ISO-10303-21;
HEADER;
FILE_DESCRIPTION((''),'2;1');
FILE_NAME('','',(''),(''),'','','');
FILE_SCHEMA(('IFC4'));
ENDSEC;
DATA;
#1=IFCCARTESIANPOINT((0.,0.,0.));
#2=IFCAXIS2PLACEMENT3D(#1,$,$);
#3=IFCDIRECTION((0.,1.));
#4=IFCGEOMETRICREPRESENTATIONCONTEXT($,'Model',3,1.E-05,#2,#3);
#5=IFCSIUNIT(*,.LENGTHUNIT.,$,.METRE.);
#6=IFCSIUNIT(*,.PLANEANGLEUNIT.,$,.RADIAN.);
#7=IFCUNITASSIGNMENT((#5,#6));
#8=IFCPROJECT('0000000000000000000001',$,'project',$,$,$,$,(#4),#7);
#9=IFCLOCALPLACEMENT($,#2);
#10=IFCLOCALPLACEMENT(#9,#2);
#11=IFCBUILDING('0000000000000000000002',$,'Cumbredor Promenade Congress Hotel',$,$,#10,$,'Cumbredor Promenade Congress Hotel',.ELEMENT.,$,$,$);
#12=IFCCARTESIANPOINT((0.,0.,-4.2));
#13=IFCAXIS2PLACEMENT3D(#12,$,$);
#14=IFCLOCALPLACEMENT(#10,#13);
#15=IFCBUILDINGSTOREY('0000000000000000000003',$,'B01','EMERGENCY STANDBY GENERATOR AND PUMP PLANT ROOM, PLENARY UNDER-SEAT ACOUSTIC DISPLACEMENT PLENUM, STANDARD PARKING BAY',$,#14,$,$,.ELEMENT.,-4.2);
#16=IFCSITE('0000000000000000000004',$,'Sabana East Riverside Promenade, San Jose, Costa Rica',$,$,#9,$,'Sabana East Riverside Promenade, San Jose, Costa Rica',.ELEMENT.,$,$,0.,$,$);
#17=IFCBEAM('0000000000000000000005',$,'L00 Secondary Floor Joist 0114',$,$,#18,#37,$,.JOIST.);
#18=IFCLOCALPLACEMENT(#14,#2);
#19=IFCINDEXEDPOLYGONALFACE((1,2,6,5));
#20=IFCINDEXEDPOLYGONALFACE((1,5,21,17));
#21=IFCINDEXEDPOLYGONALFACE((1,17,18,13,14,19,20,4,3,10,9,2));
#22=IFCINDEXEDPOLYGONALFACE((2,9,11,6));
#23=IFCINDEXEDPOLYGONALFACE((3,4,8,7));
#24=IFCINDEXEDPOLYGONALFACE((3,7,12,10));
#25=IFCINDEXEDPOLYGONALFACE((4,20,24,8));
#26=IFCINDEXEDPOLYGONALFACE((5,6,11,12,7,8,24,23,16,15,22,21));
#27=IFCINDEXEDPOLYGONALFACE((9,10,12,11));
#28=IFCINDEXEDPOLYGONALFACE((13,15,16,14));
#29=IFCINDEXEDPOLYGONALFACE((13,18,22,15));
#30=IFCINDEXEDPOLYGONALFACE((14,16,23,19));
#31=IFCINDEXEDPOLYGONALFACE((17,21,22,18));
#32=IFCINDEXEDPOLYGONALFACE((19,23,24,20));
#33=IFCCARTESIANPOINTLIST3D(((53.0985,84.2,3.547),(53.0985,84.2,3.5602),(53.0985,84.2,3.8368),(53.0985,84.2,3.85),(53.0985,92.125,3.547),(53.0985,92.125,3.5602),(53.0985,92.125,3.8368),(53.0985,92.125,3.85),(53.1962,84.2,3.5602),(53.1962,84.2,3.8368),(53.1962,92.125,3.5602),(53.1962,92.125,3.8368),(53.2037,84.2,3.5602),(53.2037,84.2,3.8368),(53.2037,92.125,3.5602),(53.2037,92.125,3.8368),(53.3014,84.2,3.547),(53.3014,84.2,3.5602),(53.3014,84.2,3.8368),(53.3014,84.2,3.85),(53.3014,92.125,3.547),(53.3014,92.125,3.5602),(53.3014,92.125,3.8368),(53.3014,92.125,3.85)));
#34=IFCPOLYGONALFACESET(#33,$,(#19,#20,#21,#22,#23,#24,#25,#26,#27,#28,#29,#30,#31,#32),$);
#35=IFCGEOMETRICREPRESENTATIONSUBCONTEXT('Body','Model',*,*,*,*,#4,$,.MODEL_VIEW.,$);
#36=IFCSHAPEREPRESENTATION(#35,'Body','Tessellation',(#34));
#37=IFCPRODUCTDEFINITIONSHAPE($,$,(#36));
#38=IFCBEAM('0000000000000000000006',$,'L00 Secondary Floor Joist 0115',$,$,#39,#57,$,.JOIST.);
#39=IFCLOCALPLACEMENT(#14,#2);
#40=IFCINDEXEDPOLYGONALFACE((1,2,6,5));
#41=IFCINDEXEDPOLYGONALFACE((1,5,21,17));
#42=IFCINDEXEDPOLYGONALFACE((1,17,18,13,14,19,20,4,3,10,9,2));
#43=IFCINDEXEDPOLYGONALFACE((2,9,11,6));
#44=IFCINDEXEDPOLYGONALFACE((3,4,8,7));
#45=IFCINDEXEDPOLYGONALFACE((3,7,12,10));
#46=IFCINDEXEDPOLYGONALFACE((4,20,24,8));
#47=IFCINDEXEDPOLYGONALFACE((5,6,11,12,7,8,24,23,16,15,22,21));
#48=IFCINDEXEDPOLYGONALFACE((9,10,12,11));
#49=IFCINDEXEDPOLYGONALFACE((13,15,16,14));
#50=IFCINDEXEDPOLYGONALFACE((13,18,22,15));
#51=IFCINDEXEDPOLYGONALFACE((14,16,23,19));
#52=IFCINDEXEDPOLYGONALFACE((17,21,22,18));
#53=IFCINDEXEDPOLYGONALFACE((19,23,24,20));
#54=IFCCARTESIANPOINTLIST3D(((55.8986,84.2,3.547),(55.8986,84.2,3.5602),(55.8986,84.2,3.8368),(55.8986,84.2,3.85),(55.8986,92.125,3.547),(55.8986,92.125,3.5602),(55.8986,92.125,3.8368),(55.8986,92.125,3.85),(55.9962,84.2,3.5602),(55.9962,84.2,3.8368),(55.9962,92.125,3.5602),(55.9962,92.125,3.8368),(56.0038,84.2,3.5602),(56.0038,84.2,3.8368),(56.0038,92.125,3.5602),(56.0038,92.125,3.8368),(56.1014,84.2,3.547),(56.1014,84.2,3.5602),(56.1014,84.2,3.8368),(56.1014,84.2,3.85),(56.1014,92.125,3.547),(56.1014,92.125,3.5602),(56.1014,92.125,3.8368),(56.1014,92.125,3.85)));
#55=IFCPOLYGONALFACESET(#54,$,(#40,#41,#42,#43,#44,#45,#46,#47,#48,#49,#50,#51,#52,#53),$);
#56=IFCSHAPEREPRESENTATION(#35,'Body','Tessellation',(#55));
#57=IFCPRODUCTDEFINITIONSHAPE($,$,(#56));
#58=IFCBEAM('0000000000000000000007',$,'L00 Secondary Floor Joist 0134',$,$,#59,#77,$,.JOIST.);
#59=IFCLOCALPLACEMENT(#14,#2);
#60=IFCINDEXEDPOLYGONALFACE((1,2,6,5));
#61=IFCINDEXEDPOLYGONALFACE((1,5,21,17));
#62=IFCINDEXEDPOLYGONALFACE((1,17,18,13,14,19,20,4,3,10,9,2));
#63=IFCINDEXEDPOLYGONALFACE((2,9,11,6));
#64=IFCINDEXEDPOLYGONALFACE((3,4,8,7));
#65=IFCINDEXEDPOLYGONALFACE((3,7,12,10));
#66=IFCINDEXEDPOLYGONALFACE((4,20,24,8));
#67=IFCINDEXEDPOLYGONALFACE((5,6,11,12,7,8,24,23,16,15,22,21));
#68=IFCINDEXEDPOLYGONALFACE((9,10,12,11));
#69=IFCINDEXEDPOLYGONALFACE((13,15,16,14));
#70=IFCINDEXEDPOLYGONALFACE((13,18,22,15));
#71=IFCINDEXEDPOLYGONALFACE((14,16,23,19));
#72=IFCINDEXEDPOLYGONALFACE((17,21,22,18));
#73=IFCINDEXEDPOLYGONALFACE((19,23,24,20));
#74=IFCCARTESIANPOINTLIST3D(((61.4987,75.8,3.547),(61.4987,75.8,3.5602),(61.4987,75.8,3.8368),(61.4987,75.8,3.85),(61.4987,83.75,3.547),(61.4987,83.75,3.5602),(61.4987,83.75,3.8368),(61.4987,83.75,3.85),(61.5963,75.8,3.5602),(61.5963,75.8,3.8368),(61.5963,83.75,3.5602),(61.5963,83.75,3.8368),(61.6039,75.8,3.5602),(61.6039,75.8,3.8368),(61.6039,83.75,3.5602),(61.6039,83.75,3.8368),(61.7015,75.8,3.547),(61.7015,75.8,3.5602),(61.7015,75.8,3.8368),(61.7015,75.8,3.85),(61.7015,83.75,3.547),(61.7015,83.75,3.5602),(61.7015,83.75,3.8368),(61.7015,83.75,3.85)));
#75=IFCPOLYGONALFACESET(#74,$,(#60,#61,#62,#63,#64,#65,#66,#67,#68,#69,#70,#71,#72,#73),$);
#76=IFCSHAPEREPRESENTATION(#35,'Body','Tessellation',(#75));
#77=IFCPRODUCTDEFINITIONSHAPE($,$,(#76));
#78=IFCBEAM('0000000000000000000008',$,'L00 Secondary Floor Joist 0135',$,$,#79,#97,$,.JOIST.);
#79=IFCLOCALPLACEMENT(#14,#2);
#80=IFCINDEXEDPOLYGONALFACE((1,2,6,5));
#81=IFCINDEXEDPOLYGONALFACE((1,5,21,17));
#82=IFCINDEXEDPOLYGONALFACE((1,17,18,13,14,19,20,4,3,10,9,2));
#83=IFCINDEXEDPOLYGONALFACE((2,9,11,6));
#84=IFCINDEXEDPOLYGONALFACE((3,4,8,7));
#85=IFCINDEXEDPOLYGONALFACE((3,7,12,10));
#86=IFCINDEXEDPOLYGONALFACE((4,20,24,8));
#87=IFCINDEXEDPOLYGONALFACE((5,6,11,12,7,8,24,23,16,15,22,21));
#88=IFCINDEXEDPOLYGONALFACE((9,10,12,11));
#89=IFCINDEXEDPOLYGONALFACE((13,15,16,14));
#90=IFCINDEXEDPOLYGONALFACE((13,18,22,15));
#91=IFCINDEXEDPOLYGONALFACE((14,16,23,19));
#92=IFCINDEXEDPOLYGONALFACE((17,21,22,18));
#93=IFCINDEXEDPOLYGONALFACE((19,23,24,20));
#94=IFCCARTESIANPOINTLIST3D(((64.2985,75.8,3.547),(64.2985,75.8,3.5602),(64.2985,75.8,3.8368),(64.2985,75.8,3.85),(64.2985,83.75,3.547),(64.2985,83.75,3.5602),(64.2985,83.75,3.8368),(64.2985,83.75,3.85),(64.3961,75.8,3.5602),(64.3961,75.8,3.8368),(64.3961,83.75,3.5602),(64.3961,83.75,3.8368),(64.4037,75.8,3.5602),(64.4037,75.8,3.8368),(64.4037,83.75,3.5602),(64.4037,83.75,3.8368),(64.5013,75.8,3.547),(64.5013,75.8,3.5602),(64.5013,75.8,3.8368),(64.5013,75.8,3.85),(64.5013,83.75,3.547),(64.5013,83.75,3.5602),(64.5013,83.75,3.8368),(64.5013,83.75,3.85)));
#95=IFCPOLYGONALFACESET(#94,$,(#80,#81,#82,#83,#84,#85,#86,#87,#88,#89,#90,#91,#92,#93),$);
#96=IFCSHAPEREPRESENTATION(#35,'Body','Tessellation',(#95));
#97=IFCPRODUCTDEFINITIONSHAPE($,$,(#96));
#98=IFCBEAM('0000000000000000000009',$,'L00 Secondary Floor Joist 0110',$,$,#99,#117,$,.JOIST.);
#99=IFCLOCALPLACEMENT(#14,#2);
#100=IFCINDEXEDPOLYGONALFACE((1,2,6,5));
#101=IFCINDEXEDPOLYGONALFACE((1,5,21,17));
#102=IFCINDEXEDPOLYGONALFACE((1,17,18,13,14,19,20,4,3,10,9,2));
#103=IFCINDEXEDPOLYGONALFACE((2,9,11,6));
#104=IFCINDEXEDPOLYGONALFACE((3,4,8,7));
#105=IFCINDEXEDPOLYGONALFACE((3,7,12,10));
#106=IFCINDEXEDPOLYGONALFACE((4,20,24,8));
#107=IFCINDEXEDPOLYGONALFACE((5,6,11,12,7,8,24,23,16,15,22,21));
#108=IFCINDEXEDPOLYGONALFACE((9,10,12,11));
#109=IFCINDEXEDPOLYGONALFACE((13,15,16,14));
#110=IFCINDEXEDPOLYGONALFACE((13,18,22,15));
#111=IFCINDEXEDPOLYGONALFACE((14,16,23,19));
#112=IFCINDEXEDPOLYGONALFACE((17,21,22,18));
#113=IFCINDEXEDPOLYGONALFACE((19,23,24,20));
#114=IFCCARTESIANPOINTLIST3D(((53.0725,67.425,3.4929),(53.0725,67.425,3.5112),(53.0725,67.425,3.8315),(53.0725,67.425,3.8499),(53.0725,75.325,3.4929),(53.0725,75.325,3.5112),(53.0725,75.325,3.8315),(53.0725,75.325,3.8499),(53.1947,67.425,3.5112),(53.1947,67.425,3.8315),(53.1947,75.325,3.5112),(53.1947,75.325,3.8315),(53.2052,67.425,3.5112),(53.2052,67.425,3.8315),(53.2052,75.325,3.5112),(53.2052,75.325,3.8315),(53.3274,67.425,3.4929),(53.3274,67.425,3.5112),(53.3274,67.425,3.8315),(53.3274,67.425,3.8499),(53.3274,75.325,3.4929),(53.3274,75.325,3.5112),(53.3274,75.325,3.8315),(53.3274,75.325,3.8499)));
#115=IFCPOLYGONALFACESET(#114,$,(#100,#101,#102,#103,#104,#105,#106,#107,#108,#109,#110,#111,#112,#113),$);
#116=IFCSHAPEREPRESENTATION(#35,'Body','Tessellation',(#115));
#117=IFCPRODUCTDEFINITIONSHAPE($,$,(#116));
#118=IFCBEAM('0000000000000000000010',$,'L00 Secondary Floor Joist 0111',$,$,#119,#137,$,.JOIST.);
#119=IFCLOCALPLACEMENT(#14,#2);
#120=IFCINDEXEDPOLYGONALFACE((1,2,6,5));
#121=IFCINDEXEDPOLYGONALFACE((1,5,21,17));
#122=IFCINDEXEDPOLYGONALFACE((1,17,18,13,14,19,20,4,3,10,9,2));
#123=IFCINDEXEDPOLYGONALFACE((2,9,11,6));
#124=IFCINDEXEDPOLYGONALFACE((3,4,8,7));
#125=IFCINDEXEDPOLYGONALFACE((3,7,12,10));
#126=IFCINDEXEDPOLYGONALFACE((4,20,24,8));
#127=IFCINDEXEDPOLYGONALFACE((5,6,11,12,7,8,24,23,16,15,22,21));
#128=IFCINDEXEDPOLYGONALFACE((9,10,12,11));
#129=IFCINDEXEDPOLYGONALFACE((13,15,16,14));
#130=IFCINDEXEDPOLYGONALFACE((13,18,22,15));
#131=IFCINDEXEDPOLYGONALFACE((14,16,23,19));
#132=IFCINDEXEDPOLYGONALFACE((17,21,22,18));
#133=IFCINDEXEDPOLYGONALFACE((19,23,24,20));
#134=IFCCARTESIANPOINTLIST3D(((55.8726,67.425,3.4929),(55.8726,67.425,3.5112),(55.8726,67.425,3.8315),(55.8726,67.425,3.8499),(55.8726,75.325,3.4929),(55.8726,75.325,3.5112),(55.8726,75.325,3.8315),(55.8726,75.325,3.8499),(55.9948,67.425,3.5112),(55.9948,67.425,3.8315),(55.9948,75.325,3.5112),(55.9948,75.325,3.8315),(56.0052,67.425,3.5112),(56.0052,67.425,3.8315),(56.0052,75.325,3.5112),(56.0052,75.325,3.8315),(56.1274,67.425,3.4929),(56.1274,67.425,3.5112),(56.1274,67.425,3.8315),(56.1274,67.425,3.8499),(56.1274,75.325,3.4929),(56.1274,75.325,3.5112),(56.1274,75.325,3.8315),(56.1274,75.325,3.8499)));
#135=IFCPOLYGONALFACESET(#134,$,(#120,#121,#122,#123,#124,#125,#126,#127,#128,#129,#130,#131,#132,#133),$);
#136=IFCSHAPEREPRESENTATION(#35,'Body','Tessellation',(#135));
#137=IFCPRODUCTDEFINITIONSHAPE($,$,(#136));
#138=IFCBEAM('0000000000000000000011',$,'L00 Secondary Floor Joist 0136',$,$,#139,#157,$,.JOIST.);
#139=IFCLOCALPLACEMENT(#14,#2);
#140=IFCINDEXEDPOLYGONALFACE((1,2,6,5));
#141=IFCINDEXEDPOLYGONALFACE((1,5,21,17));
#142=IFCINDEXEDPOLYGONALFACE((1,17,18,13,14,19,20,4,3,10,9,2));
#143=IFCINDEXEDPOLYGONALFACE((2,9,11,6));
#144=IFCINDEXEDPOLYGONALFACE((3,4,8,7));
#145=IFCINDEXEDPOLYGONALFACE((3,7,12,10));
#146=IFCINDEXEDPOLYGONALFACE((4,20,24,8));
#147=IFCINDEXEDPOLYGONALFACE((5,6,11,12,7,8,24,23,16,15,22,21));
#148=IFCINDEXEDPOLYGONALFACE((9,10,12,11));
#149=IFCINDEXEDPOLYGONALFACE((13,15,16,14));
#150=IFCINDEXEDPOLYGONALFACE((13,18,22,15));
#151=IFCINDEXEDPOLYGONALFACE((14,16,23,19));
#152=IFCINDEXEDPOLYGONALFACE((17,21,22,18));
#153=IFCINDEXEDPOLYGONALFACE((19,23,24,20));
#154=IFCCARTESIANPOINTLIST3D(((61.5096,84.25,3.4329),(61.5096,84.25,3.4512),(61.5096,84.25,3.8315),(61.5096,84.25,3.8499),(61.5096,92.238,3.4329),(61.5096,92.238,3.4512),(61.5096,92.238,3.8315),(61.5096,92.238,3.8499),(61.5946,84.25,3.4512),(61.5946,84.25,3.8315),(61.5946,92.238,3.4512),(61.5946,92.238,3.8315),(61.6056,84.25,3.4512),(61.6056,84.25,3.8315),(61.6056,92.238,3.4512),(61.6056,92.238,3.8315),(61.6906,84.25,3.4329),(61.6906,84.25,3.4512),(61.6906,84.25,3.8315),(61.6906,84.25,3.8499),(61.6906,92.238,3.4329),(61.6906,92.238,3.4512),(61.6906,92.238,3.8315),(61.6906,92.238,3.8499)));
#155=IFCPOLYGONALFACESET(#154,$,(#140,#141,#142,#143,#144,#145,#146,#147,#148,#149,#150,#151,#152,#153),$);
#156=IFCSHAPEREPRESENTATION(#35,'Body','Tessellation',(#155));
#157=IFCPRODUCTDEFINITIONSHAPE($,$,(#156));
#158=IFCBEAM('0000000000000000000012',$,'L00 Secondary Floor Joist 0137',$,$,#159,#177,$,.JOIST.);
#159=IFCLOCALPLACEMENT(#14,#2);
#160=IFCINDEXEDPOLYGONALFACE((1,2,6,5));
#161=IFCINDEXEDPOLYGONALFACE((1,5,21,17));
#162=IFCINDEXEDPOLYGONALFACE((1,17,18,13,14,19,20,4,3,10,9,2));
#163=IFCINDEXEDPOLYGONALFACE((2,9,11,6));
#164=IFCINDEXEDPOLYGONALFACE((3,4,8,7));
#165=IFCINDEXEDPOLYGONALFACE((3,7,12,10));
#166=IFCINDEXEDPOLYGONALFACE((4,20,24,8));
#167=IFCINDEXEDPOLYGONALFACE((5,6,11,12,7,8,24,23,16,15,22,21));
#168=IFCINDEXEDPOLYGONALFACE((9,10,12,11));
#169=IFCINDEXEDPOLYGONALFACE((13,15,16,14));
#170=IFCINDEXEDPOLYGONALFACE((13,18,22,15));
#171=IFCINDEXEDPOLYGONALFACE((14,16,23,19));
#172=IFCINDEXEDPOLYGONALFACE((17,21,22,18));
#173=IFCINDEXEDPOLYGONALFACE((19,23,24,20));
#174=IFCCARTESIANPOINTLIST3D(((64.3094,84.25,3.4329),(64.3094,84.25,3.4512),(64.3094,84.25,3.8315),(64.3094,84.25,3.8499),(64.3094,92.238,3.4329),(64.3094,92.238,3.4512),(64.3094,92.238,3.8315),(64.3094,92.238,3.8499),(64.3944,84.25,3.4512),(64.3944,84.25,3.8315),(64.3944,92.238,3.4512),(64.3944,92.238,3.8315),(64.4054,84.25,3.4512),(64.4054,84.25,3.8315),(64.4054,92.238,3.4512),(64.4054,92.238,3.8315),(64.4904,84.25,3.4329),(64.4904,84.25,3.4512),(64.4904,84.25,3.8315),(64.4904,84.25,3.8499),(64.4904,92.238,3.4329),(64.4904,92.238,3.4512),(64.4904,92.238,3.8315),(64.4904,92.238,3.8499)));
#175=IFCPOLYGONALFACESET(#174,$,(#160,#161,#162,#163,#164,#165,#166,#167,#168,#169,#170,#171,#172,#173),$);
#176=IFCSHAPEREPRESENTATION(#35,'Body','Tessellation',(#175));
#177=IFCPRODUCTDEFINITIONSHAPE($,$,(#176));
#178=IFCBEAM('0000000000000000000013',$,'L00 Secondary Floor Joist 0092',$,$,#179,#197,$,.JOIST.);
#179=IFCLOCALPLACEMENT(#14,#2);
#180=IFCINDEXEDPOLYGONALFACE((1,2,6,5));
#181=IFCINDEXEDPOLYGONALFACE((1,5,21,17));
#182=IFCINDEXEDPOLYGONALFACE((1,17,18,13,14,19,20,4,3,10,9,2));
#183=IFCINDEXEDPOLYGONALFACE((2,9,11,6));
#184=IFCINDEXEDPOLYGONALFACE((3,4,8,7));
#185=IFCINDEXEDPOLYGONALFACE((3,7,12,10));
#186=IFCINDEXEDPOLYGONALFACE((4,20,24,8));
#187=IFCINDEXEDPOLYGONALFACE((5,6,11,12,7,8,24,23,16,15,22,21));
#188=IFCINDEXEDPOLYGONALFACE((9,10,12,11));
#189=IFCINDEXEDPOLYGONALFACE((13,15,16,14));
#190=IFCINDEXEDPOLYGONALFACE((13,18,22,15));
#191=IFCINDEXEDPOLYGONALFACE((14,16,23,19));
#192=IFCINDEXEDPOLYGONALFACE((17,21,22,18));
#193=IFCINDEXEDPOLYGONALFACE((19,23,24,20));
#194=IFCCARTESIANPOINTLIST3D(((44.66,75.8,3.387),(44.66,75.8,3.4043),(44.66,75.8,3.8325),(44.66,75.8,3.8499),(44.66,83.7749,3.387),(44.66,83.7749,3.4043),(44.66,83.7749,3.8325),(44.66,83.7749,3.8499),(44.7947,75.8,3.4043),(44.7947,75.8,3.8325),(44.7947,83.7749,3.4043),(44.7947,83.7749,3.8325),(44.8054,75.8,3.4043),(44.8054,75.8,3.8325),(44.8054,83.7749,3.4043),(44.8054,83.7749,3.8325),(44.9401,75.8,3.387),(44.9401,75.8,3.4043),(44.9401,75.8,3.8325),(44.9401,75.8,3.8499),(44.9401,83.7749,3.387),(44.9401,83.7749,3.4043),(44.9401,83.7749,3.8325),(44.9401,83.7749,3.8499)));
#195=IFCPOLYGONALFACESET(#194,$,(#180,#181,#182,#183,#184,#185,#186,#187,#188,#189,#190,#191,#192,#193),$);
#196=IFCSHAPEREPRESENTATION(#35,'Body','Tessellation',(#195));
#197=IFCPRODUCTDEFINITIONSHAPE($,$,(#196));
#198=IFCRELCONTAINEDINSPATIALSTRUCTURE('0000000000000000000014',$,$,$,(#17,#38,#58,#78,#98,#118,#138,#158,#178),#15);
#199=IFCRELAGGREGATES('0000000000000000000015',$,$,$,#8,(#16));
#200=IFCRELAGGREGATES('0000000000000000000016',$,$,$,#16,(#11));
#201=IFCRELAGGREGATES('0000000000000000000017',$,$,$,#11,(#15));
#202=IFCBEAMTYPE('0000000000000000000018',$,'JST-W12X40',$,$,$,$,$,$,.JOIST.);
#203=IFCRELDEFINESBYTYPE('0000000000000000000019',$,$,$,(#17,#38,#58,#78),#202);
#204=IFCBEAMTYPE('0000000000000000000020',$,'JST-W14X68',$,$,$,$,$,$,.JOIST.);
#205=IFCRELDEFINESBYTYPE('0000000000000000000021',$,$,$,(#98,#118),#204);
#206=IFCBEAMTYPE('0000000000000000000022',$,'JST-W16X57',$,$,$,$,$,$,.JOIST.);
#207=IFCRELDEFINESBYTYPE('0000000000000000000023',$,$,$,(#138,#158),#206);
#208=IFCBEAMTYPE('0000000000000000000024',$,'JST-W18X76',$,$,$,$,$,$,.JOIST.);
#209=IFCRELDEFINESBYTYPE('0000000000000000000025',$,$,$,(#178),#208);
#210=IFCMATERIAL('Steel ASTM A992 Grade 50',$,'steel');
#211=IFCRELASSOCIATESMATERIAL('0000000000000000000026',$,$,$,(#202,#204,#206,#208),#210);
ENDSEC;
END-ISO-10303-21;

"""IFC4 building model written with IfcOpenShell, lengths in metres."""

from ifc_helpers import new_model, si_unit, direction, frame, origin, origin_2d, place, context, subcontext, project, spatial, i_section, extrude, material, material_profile, profile_set, type_object, element, save


model = new_model("IFC4")

# Units and contexts
model_context = context("Model", 3, precision=1e-05, world=origin(), true_north=direction((0.0, 1.0)))
body_context = subcontext(model_context, "Body", "Model", "MODEL_VIEW")
ifc_project = project(units=[si_unit("LENGTHUNIT", "METRE"), si_unit("PLANEANGLEUNIT", "RADIAN")], contexts=[model_context])

# Site, building, storey
site_placement = place(None, origin())
site = spatial("IfcSite", under=ifc_project, at=site_placement, Name="Sabana East Riverside Promenade, San Jose, Costa Rica", LongName="Sabana East Riverside Promenade, San Jose, Costa Rica", CompositionType="ELEMENT", RefElevation=0.0)
building_placement = place(site_placement, origin())
building = spatial("IfcBuilding", under=site, at=building_placement, Name="Cumbredor Promenade Congress Hotel", LongName="Cumbredor Promenade Congress Hotel", CompositionType="ELEMENT")
storey_placement = place(building_placement, frame((0.0, 0.0, -4.2)))
storey = spatial("IfcBuildingStorey", under=building, at=storey_placement, Name="B01", Description="EMERGENCY STANDBY GENERATOR AND PUMP PLANT ROOM, PLENARY UNDER-SEAT ACOUSTIC DISPLACEMENT PLENUM, STANDARD PARKING BAY", CompositionType="ELEMENT", Elevation=-4.2)

# Beams
ifc_material_1 = material(Name="Steel ASTM A992 Grade 50", Category="steel")
ifc_material_profile_1 = material_profile(ifc_material_1, i_section(OverallWidth=0.2029, OverallDepth=0.303, WebThickness=0.0076, FlangeThickness=0.0132, at=origin_2d()), Name="W12X40")
ifc_profile_set_1 = profile_set([ifc_material_profile_1], Name="Steel ASTM A992 Grade 50")
beam_type_1 = type_object("IfcBeamType", Name="JST-W12X40", PredefinedType="JOIST", material=ifc_profile_set_1)
for number, where, z_axis, x_axis, name in (
    (1, (53.2, 84.2, 3.6985), (0.0, 1.0, 0.0), (-1.0, 0.0, 0.0), "L00 Secondary Floor Joist 0114"),
    (2, (56.0, 84.2, 3.6985), (0.0, 1.0, 0.0), (-1.0, 0.0, 0.0), "L00 Secondary Floor Joist 0115"),
):
    element("IfcBeam", number, at=place(storey_placement, frame(where, z_axis=z_axis, x_axis=x_axis)), inside=storey, type_object=beam_type_1, Name=name, PredefinedType="JOIST", context=body_context, shape_type="SweptSolid", body=[
        extrude(i_section(OverallWidth=0.2029, OverallDepth=0.303, WebThickness=0.0076, FlangeThickness=0.0132, at=origin_2d()), origin(), (0.0, 0.0, 1.0), 7.925),
    ])
for number, where, z_axis, x_axis, name in (
    (3, (61.6001, 75.8, 3.6985), (0.0, 1.0, 0.0), (-1.0, 0.0, 0.0), "L00 Secondary Floor Joist 0134"),
    (4, (64.3999, 75.8, 3.6985), (0.0, 1.0, 0.0), (-1.0, 0.0, 0.0), "L00 Secondary Floor Joist 0135"),
):
    element("IfcBeam", number, at=place(storey_placement, frame(where, z_axis=z_axis, x_axis=x_axis)), inside=storey, type_object=beam_type_1, Name=name, PredefinedType="JOIST", context=body_context, shape_type="SweptSolid", body=[
        extrude(i_section(OverallWidth=0.2029, OverallDepth=0.303, WebThickness=0.0076, FlangeThickness=0.0132, at=origin_2d()), origin(), (0.0, 0.0, 1.0), 7.95),
    ])
ifc_material_profile_2 = material_profile(ifc_material_1, i_section(OverallWidth=0.2549, OverallDepth=0.3569, WebThickness=0.0105, FlangeThickness=0.0183, at=origin_2d()), Name="W14X68")
ifc_profile_set_2 = profile_set([ifc_material_profile_2], Name="Steel ASTM A992 Grade 50")
beam_type_2 = type_object("IfcBeamType", Name="JST-W14X68", PredefinedType="JOIST", material=ifc_profile_set_2)
for number, where, z_axis, x_axis, name in (
    (5, (53.2, 67.425, 3.6714), (0.0, 1.0, 0.0), (-1.0, 0.0, 0.0), "L00 Secondary Floor Joist 0110"),
    (6, (56.0, 67.425, 3.6714), (0.0, 1.0, 0.0), (-1.0, 0.0, 0.0), "L00 Secondary Floor Joist 0111"),
):
    element("IfcBeam", number, at=place(storey_placement, frame(where, z_axis=z_axis, x_axis=x_axis)), inside=storey, type_object=beam_type_2, Name=name, PredefinedType="JOIST", context=body_context, shape_type="SweptSolid", body=[
        extrude(i_section(OverallWidth=0.2549, OverallDepth=0.3569, WebThickness=0.0105, FlangeThickness=0.0183, at=origin_2d()), origin(), (0.0, 0.0, 1.0), 7.8999),
    ])
ifc_material_profile_3 = material_profile(ifc_material_1, i_section(OverallWidth=0.1809, OverallDepth=0.417, WebThickness=0.011, FlangeThickness=0.0183, at=origin_2d()), Name="W16X57")
ifc_profile_set_3 = profile_set([ifc_material_profile_3], Name="Steel ASTM A992 Grade 50")
beam_type_3 = type_object("IfcBeamType", Name="JST-W16X57", PredefinedType="JOIST", material=ifc_profile_set_3)
for number, where, z_axis, x_axis, name in (
    (7, (61.6001, 84.25, 3.6414), (0.0, 1.0, 0.0), (-1.0, 0.0, 0.0), "L00 Secondary Floor Joist 0136"),
    (8, (64.3999, 84.25, 3.6414), (0.0, 1.0, 0.0), (-1.0, 0.0, 0.0), "L00 Secondary Floor Joist 0137"),
):
    element("IfcBeam", number, at=place(storey_placement, frame(where, z_axis=z_axis, x_axis=x_axis)), inside=storey, type_object=beam_type_3, Name=name, PredefinedType="JOIST", context=body_context, shape_type="SweptSolid", body=[
        extrude(i_section(OverallWidth=0.1809, OverallDepth=0.417, WebThickness=0.011, FlangeThickness=0.0183, at=origin_2d()), origin(), (0.0, 0.0, 1.0), 7.988),
    ])
ifc_material_profile_4 = material_profile(ifc_material_1, i_section(OverallWidth=0.28, OverallDepth=0.4629, WebThickness=0.0107, FlangeThickness=0.0173, at=origin_2d()), Name="W18X76")
ifc_profile_set_4 = profile_set([ifc_material_profile_4], Name="Steel ASTM A992 Grade 50")
beam_type_4 = type_object("IfcBeamType", Name="JST-W18X76", PredefinedType="JOIST", material=ifc_profile_set_4)
for number, where, z_axis, x_axis, name in (
    (9, (44.8, 75.8, 3.6184), (0.0, 1.0, 0.0), (-1.0, 0.0, 0.0), "L00 Secondary Floor Joist 0092"),
):
    element("IfcBeam", number, at=place(storey_placement, frame(where, z_axis=z_axis, x_axis=x_axis)), inside=storey, type_object=beam_type_4, Name=name, PredefinedType="JOIST", context=body_context, shape_type="SweptSolid", body=[
        extrude(i_section(OverallWidth=0.28, OverallDepth=0.4629, WebThickness=0.0107, FlangeThickness=0.0173, at=origin_2d()), origin(), (0.0, 0.0, 1.0), 7.9749),
    ])

save(model, "model.ifc")
